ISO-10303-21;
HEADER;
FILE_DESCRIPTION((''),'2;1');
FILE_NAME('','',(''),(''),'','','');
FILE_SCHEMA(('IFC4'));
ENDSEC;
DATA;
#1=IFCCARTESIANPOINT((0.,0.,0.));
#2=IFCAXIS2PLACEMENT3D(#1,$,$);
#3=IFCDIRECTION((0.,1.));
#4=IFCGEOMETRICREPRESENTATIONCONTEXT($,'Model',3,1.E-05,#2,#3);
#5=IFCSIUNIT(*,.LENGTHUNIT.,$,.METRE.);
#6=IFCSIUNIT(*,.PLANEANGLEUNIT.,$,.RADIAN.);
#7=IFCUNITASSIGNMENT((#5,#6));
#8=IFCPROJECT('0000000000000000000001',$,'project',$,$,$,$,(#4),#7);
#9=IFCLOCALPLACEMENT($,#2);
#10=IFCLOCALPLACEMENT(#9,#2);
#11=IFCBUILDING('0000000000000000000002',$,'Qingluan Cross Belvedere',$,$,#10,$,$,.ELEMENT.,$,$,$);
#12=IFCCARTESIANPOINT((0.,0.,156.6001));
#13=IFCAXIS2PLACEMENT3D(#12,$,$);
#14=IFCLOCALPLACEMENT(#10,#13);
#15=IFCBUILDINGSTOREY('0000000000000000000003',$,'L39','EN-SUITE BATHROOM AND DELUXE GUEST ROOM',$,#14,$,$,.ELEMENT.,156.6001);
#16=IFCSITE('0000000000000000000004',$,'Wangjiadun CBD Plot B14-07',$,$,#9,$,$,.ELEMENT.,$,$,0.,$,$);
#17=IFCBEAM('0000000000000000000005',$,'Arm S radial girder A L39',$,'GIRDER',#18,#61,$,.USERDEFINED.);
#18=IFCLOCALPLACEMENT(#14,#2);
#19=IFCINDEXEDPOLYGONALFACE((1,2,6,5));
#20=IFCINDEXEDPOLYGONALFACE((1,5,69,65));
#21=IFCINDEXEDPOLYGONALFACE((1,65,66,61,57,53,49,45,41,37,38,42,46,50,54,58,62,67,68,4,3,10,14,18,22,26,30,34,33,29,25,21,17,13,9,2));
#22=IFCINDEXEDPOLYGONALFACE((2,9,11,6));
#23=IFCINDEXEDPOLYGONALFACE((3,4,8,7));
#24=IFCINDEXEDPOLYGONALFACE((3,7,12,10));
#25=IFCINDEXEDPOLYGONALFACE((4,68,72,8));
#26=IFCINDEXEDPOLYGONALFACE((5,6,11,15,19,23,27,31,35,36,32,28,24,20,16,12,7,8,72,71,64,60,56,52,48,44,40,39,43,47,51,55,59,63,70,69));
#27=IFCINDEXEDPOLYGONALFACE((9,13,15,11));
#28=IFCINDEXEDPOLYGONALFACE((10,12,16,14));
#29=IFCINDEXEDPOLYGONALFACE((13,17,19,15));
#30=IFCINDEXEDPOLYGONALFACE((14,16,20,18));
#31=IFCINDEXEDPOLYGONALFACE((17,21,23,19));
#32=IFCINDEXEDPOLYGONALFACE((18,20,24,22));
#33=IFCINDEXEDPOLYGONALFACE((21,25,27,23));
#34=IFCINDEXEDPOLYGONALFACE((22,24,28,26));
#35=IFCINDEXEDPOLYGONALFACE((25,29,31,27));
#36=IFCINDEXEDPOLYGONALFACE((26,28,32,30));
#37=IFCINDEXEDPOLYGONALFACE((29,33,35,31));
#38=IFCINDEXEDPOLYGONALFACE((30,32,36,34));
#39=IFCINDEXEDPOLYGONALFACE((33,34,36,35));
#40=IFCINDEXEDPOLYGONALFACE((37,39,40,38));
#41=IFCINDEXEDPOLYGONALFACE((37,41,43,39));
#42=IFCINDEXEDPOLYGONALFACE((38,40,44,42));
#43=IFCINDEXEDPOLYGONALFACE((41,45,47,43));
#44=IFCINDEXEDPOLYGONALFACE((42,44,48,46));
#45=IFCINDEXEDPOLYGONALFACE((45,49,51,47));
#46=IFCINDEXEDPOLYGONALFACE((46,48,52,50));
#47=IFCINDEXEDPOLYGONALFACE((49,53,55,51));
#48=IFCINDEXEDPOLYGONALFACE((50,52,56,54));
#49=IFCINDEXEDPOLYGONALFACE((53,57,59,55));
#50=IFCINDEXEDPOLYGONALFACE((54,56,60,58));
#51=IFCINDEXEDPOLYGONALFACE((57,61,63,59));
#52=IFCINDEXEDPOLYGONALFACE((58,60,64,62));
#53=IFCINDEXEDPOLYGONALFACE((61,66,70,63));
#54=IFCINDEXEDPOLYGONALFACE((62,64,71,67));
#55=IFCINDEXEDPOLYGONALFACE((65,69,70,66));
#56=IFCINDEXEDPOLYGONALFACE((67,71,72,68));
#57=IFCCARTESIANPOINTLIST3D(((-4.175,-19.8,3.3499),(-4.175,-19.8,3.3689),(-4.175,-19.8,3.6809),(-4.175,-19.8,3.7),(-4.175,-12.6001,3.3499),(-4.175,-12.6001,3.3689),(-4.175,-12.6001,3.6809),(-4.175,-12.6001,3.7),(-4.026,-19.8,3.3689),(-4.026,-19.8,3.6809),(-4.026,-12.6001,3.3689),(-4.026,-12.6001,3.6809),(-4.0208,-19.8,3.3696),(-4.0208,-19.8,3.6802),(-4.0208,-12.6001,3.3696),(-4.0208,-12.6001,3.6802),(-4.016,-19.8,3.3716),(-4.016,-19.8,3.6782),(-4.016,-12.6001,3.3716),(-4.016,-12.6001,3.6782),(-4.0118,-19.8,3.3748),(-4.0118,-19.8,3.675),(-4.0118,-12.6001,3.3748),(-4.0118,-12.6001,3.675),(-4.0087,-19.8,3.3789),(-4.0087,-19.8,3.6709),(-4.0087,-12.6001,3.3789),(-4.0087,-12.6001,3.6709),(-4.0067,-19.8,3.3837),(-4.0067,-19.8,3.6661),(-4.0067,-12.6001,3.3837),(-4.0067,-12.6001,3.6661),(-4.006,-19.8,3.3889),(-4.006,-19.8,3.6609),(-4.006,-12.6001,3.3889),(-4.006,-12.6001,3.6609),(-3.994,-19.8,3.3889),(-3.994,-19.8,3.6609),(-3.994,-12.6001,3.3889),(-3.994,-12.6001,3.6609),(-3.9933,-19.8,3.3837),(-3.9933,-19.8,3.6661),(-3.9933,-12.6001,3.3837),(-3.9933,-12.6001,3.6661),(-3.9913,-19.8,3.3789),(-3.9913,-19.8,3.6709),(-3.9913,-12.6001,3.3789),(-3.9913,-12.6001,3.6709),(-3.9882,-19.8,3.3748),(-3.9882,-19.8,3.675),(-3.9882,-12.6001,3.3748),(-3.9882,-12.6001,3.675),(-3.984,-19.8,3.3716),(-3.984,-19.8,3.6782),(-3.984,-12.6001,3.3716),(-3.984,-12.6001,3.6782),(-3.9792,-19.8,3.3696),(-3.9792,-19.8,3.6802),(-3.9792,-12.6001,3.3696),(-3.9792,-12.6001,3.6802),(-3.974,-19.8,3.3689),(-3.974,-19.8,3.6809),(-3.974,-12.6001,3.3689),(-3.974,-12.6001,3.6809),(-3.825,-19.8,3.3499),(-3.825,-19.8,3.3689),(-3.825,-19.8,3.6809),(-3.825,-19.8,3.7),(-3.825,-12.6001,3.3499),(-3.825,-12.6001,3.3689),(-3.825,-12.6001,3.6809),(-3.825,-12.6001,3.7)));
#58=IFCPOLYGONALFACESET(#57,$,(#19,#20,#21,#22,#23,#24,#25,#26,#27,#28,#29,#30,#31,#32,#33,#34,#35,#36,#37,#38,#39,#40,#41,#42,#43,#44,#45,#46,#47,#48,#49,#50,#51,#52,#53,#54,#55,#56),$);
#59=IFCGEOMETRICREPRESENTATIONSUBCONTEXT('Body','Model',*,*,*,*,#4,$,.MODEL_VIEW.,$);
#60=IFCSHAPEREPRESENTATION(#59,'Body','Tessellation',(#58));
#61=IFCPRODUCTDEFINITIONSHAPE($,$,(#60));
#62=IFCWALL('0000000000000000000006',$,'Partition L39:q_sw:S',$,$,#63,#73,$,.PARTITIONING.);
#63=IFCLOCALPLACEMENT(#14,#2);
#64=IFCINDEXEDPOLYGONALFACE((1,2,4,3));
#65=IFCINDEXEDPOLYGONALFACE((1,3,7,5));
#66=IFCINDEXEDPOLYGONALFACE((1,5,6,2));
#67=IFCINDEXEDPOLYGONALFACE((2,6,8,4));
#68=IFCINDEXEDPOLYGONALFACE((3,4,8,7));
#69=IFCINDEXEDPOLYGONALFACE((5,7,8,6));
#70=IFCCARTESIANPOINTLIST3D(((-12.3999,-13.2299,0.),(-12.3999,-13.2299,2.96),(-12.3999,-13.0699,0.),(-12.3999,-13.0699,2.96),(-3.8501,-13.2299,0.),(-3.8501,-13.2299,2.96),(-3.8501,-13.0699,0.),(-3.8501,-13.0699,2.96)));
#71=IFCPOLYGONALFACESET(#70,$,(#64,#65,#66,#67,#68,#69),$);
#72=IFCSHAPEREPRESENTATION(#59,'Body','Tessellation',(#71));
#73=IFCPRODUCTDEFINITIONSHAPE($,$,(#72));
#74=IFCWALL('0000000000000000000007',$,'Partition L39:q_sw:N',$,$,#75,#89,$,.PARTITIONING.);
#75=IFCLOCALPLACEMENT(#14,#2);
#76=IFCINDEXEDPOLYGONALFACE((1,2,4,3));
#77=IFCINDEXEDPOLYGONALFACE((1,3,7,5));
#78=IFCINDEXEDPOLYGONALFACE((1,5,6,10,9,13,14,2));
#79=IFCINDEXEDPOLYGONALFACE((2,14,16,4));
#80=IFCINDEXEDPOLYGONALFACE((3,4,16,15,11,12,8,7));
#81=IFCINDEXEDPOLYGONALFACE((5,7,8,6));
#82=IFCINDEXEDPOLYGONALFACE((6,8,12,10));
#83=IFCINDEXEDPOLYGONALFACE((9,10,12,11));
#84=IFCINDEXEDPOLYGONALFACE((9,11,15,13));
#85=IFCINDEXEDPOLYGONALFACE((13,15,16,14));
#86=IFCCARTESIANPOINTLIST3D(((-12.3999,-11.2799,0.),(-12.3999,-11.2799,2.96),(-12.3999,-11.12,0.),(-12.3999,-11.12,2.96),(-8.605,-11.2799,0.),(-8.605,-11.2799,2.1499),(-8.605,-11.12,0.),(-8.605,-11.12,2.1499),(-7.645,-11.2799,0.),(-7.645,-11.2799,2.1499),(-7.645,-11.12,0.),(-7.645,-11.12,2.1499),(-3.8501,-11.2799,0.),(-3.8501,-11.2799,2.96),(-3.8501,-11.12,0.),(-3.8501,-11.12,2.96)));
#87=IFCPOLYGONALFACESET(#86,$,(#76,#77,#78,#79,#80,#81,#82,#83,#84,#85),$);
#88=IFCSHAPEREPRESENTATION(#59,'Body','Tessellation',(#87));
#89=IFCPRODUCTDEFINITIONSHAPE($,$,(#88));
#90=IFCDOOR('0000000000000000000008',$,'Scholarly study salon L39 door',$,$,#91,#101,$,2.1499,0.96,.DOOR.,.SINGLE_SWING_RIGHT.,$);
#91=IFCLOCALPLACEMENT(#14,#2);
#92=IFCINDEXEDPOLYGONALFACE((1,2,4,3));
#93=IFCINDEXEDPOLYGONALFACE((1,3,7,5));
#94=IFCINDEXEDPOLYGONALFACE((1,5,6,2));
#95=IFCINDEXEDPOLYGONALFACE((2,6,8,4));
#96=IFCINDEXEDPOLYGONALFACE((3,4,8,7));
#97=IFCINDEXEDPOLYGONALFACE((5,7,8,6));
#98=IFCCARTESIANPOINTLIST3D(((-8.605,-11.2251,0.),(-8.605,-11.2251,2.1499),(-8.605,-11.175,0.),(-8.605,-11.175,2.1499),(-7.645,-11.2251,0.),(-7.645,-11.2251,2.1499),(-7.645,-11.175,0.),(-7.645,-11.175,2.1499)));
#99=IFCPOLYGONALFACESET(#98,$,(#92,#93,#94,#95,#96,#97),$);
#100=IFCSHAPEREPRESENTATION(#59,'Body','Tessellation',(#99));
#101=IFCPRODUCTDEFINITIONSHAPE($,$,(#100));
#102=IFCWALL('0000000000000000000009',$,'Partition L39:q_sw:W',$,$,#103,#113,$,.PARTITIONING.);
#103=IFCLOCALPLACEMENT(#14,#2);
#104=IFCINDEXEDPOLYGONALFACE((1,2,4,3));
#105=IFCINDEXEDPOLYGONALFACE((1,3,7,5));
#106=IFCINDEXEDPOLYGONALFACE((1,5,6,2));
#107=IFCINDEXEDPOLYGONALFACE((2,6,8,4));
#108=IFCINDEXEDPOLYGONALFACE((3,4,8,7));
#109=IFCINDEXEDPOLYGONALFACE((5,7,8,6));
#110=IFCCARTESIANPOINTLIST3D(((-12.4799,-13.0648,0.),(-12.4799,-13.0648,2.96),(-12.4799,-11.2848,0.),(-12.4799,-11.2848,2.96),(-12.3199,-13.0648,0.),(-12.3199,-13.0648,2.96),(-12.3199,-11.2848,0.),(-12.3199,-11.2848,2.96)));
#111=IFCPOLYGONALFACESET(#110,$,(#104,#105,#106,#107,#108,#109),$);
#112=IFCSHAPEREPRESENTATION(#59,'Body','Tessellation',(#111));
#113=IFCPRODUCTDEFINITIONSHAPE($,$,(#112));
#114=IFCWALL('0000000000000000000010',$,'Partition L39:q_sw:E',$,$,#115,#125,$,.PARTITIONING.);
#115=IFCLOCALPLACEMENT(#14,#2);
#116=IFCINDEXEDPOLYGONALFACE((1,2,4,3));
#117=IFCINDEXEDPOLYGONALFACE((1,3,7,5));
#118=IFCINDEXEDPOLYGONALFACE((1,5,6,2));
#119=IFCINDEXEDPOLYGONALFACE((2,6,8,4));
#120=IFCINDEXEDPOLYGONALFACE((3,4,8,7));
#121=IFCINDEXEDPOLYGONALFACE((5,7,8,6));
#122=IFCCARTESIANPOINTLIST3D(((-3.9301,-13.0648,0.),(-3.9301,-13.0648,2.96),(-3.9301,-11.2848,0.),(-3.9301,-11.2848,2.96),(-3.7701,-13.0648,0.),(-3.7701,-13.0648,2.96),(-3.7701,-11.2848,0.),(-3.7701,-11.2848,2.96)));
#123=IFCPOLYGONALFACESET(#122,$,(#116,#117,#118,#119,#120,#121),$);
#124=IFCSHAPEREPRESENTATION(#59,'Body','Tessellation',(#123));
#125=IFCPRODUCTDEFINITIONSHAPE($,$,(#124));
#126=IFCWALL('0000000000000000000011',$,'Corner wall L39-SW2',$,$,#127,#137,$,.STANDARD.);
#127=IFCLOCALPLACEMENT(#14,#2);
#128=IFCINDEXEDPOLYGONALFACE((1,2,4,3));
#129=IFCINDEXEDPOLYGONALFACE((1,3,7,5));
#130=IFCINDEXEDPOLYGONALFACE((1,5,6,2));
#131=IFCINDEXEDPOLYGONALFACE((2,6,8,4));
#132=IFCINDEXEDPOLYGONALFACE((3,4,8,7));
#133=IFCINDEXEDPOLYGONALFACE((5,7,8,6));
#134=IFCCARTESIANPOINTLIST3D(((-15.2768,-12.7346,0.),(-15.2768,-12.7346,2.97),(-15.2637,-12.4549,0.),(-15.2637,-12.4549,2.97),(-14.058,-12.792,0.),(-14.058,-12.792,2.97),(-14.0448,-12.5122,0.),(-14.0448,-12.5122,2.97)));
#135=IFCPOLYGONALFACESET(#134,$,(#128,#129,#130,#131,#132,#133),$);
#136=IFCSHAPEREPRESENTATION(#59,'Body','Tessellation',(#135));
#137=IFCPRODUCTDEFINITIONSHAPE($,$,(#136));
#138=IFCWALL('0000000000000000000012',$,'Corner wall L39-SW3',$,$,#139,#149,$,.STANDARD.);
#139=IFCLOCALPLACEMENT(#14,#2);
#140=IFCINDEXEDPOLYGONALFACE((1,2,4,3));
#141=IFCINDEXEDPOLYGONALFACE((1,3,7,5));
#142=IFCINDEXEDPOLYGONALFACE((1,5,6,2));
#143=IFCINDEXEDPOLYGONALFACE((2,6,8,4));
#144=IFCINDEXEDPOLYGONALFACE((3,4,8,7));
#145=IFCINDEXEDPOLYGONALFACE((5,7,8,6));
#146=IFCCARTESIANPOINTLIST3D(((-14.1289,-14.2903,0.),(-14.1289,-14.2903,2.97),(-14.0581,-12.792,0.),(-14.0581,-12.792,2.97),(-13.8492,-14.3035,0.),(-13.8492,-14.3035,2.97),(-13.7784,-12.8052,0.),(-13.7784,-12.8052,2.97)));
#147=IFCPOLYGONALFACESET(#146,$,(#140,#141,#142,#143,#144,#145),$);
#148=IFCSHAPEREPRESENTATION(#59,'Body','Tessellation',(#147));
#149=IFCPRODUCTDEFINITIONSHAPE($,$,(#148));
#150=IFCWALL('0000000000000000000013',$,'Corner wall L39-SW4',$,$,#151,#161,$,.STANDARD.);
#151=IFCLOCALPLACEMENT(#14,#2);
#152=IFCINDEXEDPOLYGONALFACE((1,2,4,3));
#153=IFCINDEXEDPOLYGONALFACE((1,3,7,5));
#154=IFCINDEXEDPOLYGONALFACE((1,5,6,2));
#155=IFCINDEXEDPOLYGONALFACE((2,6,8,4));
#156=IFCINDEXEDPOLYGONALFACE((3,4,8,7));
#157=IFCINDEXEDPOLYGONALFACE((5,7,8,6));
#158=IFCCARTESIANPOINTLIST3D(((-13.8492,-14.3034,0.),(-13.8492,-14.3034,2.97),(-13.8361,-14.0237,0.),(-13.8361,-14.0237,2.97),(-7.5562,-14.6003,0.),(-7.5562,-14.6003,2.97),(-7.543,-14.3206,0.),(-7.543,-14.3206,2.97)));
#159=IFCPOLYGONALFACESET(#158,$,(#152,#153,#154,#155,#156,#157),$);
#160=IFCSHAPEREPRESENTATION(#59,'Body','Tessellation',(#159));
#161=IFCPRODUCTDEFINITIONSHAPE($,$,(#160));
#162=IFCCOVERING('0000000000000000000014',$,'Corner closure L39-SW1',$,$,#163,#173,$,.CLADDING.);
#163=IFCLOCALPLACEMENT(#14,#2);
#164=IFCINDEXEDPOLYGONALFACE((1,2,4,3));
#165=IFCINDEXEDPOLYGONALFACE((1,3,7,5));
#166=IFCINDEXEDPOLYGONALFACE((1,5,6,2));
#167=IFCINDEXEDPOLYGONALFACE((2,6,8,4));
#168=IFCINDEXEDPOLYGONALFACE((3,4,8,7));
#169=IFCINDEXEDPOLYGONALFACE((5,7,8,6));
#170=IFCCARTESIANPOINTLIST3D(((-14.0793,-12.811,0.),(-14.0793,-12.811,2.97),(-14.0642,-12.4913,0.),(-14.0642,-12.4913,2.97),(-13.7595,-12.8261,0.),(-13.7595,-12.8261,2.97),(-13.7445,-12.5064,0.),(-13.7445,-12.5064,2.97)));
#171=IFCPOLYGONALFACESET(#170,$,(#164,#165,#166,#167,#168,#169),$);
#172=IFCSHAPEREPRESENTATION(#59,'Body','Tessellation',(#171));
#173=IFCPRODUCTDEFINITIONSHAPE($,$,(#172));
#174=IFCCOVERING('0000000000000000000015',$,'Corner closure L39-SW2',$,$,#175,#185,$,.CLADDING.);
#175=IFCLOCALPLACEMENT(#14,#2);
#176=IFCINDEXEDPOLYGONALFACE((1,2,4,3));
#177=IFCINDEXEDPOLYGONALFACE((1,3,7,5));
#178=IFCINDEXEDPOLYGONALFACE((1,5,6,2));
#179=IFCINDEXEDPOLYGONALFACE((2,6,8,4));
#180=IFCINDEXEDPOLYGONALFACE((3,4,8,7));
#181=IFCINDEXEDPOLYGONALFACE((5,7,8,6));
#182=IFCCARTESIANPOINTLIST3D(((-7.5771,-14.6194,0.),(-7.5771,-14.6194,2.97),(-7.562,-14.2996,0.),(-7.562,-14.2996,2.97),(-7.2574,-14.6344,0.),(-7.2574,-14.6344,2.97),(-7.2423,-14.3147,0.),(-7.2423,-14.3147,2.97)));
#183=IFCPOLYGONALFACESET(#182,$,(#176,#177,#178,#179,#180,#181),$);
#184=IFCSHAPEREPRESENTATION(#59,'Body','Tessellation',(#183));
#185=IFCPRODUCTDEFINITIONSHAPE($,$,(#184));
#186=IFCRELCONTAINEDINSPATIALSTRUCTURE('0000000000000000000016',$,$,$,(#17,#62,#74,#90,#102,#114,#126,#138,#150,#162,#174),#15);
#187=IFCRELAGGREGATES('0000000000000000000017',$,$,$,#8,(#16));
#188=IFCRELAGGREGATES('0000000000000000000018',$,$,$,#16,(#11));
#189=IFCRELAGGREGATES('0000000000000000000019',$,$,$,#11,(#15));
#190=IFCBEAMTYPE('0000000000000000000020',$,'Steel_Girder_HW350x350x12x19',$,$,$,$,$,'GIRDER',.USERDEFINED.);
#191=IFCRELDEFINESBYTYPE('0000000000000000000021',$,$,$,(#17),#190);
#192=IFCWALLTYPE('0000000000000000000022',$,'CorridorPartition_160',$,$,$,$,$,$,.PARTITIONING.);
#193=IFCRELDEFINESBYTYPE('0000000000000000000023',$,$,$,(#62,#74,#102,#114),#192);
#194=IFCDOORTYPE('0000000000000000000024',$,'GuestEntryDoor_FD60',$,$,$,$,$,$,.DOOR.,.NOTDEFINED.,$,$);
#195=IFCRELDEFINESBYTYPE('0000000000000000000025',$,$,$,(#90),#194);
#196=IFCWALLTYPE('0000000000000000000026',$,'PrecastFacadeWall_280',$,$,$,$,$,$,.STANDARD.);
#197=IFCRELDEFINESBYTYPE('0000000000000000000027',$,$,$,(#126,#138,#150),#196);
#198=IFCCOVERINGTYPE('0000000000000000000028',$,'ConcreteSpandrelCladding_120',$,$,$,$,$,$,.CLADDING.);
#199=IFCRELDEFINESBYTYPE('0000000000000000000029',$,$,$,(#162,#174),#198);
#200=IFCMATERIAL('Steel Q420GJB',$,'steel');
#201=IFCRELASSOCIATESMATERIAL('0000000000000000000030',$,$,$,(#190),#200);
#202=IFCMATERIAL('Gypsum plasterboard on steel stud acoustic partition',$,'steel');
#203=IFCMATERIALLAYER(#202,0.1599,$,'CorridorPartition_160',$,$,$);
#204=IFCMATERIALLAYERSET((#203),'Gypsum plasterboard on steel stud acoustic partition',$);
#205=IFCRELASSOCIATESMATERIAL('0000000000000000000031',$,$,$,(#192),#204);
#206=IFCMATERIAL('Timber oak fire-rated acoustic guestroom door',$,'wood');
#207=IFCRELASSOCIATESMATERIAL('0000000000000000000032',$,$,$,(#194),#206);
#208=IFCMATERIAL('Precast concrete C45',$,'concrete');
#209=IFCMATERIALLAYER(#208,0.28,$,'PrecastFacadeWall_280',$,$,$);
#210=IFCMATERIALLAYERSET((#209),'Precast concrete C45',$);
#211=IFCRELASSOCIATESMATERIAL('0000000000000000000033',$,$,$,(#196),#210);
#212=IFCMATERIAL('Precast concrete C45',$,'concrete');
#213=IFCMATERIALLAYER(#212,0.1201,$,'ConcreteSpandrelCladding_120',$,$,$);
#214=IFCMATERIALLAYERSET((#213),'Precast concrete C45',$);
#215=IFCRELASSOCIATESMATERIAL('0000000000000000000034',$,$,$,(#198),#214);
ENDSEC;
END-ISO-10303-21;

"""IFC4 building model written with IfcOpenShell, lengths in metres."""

from ifc_helpers import new_model, si_unit, direction, frame, frame_2d, origin, origin_2d, place, context, subcontext, project, spatial, rectangle, i_section, extrude, material, layer, layer_set, material_profile, profile_set, type_object, element, fill, save


model = new_model("IFC4")

# Units and contexts
model_context = context("Model", 3, precision=1e-05, world=origin(), true_north=direction((0.0, 1.0)))
body_context = subcontext(model_context, "Body", "Model", "MODEL_VIEW")
ifc_project = project(units=[si_unit("LENGTHUNIT", "METRE"), si_unit("PLANEANGLEUNIT", "RADIAN")], contexts=[model_context])

# Site, building, storey
site_placement = place(None, origin())
site = spatial("IfcSite", under=ifc_project, at=site_placement, Name="Wangjiadun CBD Plot B14-07", CompositionType="ELEMENT", RefElevation=0.0)
building_placement = place(site_placement, origin())
building = spatial("IfcBuilding", under=site, at=building_placement, Name="Qingluan Cross Belvedere", CompositionType="ELEMENT")
storey_placement = place(building_placement, frame((0.0, 0.0, 156.6001)))
storey = spatial("IfcBuildingStorey", under=building, at=storey_placement, Name="L39", Description="EN-SUITE BATHROOM AND DELUXE GUEST ROOM", CompositionType="ELEMENT", Elevation=156.6001)

# Beam
ifc_material_1 = material(Name="Steel Q420GJB", Category="steel")
ifc_material_profile_1 = material_profile(ifc_material_1, i_section(OverallWidth=0.3501, OverallDepth=0.3501, WebThickness=0.012, FlangeThickness=0.019, FilletRadius=0.02, at=origin_2d()), Name="HW350x350x12x19")
ifc_profile_set_1 = profile_set([ifc_material_profile_1], Name="Steel Q420GJB")
beam_type_1 = type_object("IfcBeamType", Name="Steel_Girder_HW350x350x12x19", ElementType="GIRDER", PredefinedType="USERDEFINED", material=ifc_profile_set_1)
beam_1_placement = place(storey_placement, frame((-4.0, -12.6001, 3.5249), z_axis=(0.0, -1.0, 0.0), x_axis=(1.0, 0.0, 0.0)))
element("IfcBeam", 1, at=beam_1_placement, inside=storey, type_object=beam_type_1, Name="Arm S radial girder A L39", ObjectType="GIRDER", PredefinedType="USERDEFINED", context=body_context, shape_type="SweptSolid", body=[
    extrude(i_section(OverallWidth=0.3501, OverallDepth=0.3501, WebThickness=0.012, FlangeThickness=0.019, FilletRadius=0.02, at=origin_2d()), origin(), (0.0, 0.0, 1.0), 7.2),
])

# Wall
ifc_material_2 = material(Name="Gypsum plasterboard on steel stud acoustic partition", Category="steel")
ifc_layer_1 = layer(ifc_material_2, 0.1599, Name="CorridorPartition_160")
ifc_layer_set_1 = layer_set([ifc_layer_1], Name="Gypsum plasterboard on steel stud acoustic partition")
wall_type_1 = type_object("IfcWallType", Name="CorridorPartition_160", PredefinedType="PARTITIONING", material=ifc_layer_set_1)
wall_1_placement = place(storey_placement, frame((-12.3999, -13.1499, 0.0), z_axis=(0.0, 0.0, 1.0), x_axis=(1.0, 0.0, 0.0)))
element("IfcWall", 2, at=wall_1_placement, inside=storey, type_object=wall_type_1, Name="Partition L39:q_sw:S", PredefinedType="PARTITIONING", context=body_context, shape_type="SweptSolid", body=[
    extrude(rectangle(XDim=8.5498, YDim=0.1599, at=frame_2d((4.2749, 0.0))), origin(), (0.0, 0.0, 1.0), 2.96),
])

# Wall, opening, door
wall_2_placement = place(storey_placement, frame((-12.3999, -11.2, 0.0), z_axis=(0.0, 0.0, 1.0), x_axis=(1.0, 0.0, 0.0)))
wall_2 = element("IfcWall", 3, at=wall_2_placement, inside=storey, type_object=wall_type_1, Name="Partition L39:q_sw:N", PredefinedType="PARTITIONING", context=body_context, shape_type="SweptSolid", body=[
    extrude(rectangle(XDim=8.5498, YDim=0.1599, at=frame_2d((4.2749, 0.0))), origin(), (0.0, 0.0, 1.0), 2.96),
])
opening_placement = place(wall_2_placement, frame((3.7949, 0.0, 0.0)))
opening = element("IfcOpeningElement", 4, at=opening_placement, cuts=wall_2, PredefinedType="OPENING", context=body_context, shape_type="SweptSolid", body=[
    extrude(rectangle(XDim=0.96, YDim=2.1499, at=frame_2d((0.48, 1.075))), frame((0.0, 0.0898, 0.0), z_axis=(0.0, -1.0, 0.0), x_axis=(1.0, 0.0, 0.0)), (0.0, 0.0, 1.0), 0.1799),
])
ifc_material_3 = material(Name="Timber oak fire-rated acoustic guestroom door", Category="wood")
door_type = type_object("IfcDoorType", Name="GuestEntryDoor_FD60", OperationType="NOTDEFINED", PredefinedType="DOOR", material=ifc_material_3)
door_placement = place(opening_placement, origin())
door = element("IfcDoor", 5, at=door_placement, inside=storey, type_object=door_type, Name="Scholarly study salon L39 door", OperationType="SINGLE_SWING_RIGHT", OverallHeight=2.1499, OverallWidth=0.96, PredefinedType="DOOR", context=body_context, shape_type="SweptSolid", body=[
    extrude(rectangle(XDim=0.96, YDim=2.1499, at=frame_2d((0.48, 1.075))), frame((0.0, 0.0249, 0.0), z_axis=(0.0, -1.0, 0.0), x_axis=(1.0, 0.0, 0.0)), (0.0, 0.0, 1.0), 0.05),
])
fill(opening, door)

# Walls
for number, where, z_axis, x_axis, name in (
    (6, (-12.3999, -13.0649, 0.0), (0.0, 0.0, 1.0), (0.0, 1.0, 0.0), "Partition L39:q_sw:W"),
    (7, (-3.8501, -13.0649, 0.0), (0.0, 0.0, 1.0), (0.0, 1.0, 0.0), "Partition L39:q_sw:E"),
):
    element("IfcWall", number, at=place(storey_placement, frame(where, z_axis=z_axis, x_axis=x_axis)), inside=storey, type_object=wall_type_1, Name=name, PredefinedType="PARTITIONING", context=body_context, shape_type="SweptSolid", body=[
        extrude(rectangle(XDim=1.78, YDim=0.1599, at=frame_2d((0.8901, 0.0))), origin(), (0.0, 0.0, 1.0), 2.96),
    ])
ifc_material_4 = material(Name="Precast concrete C45", Category="concrete")
ifc_layer_2 = layer(ifc_material_4, 0.28, Name="PrecastFacadeWall_280")
ifc_layer_set_2 = layer_set([ifc_layer_2], Name="Precast concrete C45")
wall_type_2 = type_object("IfcWallType", Name="PrecastFacadeWall_280", PredefinedType="STANDARD", material=ifc_layer_set_2)
wall_3_placement = place(storey_placement, frame((-15.2703, -12.5947, 0.0), z_axis=(0.0, 0.0, 1.0), x_axis=(0.998894, -0.047023, 0.0)))
element("IfcWall", 8, at=wall_3_placement, inside=storey, type_object=wall_type_2, Name="Corner wall L39-SW2", PredefinedType="STANDARD", context=body_context, shape_type="SweptSolid", body=[
    extrude(rectangle(XDim=1.2202, YDim=0.28, at=frame_2d((0.6101, 0.0))), origin(), (0.0, 0.0, 1.0), 2.97),
])
wall_4_placement = place(storey_placement, frame((-13.9182, -12.7986, 0.0), z_axis=(0.0, 0.0, 1.0), x_axis=(-0.047202, -0.998885, 0.0)))
element("IfcWall", 9, at=wall_4_placement, inside=storey, type_object=wall_type_2, Name="Corner wall L39-SW3", PredefinedType="STANDARD", context=body_context, shape_type="SweptSolid", body=[
    extrude(rectangle(XDim=1.5, YDim=0.28, at=frame_2d((0.75, 0.0))), origin(), (0.0, 0.0, 1.0), 2.97),
])
wall_5_placement = place(storey_placement, frame((-13.8425, -14.1636, 0.0), z_axis=(0.0, 0.0, 1.0), x_axis=(0.998889, -0.047123, 0.0)))
element("IfcWall", 10, at=wall_5_placement, inside=storey, type_object=wall_type_2, Name="Corner wall L39-SW4", PredefinedType="STANDARD", context=body_context, shape_type="SweptSolid", body=[
    extrude(rectangle(XDim=6.3, YDim=0.28, at=frame_2d((3.1499, 0.0))), origin(), (0.0, 0.0, 1.0), 2.97),
])

# Coverings
ifc_material_5 = material(Name="Precast concrete C45", Category="concrete")
ifc_layer_3 = layer(ifc_material_5, 0.1201, Name="ConcreteSpandrelCladding_120")
ifc_layer_set_3 = layer_set([ifc_layer_3], Name="Precast concrete C45")
covering_type_1 = type_object("IfcCoveringType", Name="ConcreteSpandrelCladding_120", PredefinedType="CLADDING", material=ifc_layer_set_3)
for number, where, z_axis, x_axis, name in (
    (11, (-13.9119, -12.6587, 0.0), (0.0, 0.0, 1.0), (0.99889, -0.047106, 0.0), "Corner closure L39-SW1"),
    (12, (-7.4097, -14.467, 0.0), (0.0, 0.0, 1.0), (0.99889, -0.047106, 0.0), "Corner closure L39-SW2"),
):
    element("IfcCovering", number, at=place(storey_placement, frame(where, z_axis=z_axis, x_axis=x_axis)), inside=storey, type_object=covering_type_1, Name=name, PredefinedType="CLADDING", context=body_context, shape_type="SweptSolid", body=[
        extrude(rectangle(XDim=0.3201, YDim=0.3201, at=origin_2d()), origin(), (0.0, 0.0, 1.0), 2.97),
    ])

save(model, "model.ifc")
